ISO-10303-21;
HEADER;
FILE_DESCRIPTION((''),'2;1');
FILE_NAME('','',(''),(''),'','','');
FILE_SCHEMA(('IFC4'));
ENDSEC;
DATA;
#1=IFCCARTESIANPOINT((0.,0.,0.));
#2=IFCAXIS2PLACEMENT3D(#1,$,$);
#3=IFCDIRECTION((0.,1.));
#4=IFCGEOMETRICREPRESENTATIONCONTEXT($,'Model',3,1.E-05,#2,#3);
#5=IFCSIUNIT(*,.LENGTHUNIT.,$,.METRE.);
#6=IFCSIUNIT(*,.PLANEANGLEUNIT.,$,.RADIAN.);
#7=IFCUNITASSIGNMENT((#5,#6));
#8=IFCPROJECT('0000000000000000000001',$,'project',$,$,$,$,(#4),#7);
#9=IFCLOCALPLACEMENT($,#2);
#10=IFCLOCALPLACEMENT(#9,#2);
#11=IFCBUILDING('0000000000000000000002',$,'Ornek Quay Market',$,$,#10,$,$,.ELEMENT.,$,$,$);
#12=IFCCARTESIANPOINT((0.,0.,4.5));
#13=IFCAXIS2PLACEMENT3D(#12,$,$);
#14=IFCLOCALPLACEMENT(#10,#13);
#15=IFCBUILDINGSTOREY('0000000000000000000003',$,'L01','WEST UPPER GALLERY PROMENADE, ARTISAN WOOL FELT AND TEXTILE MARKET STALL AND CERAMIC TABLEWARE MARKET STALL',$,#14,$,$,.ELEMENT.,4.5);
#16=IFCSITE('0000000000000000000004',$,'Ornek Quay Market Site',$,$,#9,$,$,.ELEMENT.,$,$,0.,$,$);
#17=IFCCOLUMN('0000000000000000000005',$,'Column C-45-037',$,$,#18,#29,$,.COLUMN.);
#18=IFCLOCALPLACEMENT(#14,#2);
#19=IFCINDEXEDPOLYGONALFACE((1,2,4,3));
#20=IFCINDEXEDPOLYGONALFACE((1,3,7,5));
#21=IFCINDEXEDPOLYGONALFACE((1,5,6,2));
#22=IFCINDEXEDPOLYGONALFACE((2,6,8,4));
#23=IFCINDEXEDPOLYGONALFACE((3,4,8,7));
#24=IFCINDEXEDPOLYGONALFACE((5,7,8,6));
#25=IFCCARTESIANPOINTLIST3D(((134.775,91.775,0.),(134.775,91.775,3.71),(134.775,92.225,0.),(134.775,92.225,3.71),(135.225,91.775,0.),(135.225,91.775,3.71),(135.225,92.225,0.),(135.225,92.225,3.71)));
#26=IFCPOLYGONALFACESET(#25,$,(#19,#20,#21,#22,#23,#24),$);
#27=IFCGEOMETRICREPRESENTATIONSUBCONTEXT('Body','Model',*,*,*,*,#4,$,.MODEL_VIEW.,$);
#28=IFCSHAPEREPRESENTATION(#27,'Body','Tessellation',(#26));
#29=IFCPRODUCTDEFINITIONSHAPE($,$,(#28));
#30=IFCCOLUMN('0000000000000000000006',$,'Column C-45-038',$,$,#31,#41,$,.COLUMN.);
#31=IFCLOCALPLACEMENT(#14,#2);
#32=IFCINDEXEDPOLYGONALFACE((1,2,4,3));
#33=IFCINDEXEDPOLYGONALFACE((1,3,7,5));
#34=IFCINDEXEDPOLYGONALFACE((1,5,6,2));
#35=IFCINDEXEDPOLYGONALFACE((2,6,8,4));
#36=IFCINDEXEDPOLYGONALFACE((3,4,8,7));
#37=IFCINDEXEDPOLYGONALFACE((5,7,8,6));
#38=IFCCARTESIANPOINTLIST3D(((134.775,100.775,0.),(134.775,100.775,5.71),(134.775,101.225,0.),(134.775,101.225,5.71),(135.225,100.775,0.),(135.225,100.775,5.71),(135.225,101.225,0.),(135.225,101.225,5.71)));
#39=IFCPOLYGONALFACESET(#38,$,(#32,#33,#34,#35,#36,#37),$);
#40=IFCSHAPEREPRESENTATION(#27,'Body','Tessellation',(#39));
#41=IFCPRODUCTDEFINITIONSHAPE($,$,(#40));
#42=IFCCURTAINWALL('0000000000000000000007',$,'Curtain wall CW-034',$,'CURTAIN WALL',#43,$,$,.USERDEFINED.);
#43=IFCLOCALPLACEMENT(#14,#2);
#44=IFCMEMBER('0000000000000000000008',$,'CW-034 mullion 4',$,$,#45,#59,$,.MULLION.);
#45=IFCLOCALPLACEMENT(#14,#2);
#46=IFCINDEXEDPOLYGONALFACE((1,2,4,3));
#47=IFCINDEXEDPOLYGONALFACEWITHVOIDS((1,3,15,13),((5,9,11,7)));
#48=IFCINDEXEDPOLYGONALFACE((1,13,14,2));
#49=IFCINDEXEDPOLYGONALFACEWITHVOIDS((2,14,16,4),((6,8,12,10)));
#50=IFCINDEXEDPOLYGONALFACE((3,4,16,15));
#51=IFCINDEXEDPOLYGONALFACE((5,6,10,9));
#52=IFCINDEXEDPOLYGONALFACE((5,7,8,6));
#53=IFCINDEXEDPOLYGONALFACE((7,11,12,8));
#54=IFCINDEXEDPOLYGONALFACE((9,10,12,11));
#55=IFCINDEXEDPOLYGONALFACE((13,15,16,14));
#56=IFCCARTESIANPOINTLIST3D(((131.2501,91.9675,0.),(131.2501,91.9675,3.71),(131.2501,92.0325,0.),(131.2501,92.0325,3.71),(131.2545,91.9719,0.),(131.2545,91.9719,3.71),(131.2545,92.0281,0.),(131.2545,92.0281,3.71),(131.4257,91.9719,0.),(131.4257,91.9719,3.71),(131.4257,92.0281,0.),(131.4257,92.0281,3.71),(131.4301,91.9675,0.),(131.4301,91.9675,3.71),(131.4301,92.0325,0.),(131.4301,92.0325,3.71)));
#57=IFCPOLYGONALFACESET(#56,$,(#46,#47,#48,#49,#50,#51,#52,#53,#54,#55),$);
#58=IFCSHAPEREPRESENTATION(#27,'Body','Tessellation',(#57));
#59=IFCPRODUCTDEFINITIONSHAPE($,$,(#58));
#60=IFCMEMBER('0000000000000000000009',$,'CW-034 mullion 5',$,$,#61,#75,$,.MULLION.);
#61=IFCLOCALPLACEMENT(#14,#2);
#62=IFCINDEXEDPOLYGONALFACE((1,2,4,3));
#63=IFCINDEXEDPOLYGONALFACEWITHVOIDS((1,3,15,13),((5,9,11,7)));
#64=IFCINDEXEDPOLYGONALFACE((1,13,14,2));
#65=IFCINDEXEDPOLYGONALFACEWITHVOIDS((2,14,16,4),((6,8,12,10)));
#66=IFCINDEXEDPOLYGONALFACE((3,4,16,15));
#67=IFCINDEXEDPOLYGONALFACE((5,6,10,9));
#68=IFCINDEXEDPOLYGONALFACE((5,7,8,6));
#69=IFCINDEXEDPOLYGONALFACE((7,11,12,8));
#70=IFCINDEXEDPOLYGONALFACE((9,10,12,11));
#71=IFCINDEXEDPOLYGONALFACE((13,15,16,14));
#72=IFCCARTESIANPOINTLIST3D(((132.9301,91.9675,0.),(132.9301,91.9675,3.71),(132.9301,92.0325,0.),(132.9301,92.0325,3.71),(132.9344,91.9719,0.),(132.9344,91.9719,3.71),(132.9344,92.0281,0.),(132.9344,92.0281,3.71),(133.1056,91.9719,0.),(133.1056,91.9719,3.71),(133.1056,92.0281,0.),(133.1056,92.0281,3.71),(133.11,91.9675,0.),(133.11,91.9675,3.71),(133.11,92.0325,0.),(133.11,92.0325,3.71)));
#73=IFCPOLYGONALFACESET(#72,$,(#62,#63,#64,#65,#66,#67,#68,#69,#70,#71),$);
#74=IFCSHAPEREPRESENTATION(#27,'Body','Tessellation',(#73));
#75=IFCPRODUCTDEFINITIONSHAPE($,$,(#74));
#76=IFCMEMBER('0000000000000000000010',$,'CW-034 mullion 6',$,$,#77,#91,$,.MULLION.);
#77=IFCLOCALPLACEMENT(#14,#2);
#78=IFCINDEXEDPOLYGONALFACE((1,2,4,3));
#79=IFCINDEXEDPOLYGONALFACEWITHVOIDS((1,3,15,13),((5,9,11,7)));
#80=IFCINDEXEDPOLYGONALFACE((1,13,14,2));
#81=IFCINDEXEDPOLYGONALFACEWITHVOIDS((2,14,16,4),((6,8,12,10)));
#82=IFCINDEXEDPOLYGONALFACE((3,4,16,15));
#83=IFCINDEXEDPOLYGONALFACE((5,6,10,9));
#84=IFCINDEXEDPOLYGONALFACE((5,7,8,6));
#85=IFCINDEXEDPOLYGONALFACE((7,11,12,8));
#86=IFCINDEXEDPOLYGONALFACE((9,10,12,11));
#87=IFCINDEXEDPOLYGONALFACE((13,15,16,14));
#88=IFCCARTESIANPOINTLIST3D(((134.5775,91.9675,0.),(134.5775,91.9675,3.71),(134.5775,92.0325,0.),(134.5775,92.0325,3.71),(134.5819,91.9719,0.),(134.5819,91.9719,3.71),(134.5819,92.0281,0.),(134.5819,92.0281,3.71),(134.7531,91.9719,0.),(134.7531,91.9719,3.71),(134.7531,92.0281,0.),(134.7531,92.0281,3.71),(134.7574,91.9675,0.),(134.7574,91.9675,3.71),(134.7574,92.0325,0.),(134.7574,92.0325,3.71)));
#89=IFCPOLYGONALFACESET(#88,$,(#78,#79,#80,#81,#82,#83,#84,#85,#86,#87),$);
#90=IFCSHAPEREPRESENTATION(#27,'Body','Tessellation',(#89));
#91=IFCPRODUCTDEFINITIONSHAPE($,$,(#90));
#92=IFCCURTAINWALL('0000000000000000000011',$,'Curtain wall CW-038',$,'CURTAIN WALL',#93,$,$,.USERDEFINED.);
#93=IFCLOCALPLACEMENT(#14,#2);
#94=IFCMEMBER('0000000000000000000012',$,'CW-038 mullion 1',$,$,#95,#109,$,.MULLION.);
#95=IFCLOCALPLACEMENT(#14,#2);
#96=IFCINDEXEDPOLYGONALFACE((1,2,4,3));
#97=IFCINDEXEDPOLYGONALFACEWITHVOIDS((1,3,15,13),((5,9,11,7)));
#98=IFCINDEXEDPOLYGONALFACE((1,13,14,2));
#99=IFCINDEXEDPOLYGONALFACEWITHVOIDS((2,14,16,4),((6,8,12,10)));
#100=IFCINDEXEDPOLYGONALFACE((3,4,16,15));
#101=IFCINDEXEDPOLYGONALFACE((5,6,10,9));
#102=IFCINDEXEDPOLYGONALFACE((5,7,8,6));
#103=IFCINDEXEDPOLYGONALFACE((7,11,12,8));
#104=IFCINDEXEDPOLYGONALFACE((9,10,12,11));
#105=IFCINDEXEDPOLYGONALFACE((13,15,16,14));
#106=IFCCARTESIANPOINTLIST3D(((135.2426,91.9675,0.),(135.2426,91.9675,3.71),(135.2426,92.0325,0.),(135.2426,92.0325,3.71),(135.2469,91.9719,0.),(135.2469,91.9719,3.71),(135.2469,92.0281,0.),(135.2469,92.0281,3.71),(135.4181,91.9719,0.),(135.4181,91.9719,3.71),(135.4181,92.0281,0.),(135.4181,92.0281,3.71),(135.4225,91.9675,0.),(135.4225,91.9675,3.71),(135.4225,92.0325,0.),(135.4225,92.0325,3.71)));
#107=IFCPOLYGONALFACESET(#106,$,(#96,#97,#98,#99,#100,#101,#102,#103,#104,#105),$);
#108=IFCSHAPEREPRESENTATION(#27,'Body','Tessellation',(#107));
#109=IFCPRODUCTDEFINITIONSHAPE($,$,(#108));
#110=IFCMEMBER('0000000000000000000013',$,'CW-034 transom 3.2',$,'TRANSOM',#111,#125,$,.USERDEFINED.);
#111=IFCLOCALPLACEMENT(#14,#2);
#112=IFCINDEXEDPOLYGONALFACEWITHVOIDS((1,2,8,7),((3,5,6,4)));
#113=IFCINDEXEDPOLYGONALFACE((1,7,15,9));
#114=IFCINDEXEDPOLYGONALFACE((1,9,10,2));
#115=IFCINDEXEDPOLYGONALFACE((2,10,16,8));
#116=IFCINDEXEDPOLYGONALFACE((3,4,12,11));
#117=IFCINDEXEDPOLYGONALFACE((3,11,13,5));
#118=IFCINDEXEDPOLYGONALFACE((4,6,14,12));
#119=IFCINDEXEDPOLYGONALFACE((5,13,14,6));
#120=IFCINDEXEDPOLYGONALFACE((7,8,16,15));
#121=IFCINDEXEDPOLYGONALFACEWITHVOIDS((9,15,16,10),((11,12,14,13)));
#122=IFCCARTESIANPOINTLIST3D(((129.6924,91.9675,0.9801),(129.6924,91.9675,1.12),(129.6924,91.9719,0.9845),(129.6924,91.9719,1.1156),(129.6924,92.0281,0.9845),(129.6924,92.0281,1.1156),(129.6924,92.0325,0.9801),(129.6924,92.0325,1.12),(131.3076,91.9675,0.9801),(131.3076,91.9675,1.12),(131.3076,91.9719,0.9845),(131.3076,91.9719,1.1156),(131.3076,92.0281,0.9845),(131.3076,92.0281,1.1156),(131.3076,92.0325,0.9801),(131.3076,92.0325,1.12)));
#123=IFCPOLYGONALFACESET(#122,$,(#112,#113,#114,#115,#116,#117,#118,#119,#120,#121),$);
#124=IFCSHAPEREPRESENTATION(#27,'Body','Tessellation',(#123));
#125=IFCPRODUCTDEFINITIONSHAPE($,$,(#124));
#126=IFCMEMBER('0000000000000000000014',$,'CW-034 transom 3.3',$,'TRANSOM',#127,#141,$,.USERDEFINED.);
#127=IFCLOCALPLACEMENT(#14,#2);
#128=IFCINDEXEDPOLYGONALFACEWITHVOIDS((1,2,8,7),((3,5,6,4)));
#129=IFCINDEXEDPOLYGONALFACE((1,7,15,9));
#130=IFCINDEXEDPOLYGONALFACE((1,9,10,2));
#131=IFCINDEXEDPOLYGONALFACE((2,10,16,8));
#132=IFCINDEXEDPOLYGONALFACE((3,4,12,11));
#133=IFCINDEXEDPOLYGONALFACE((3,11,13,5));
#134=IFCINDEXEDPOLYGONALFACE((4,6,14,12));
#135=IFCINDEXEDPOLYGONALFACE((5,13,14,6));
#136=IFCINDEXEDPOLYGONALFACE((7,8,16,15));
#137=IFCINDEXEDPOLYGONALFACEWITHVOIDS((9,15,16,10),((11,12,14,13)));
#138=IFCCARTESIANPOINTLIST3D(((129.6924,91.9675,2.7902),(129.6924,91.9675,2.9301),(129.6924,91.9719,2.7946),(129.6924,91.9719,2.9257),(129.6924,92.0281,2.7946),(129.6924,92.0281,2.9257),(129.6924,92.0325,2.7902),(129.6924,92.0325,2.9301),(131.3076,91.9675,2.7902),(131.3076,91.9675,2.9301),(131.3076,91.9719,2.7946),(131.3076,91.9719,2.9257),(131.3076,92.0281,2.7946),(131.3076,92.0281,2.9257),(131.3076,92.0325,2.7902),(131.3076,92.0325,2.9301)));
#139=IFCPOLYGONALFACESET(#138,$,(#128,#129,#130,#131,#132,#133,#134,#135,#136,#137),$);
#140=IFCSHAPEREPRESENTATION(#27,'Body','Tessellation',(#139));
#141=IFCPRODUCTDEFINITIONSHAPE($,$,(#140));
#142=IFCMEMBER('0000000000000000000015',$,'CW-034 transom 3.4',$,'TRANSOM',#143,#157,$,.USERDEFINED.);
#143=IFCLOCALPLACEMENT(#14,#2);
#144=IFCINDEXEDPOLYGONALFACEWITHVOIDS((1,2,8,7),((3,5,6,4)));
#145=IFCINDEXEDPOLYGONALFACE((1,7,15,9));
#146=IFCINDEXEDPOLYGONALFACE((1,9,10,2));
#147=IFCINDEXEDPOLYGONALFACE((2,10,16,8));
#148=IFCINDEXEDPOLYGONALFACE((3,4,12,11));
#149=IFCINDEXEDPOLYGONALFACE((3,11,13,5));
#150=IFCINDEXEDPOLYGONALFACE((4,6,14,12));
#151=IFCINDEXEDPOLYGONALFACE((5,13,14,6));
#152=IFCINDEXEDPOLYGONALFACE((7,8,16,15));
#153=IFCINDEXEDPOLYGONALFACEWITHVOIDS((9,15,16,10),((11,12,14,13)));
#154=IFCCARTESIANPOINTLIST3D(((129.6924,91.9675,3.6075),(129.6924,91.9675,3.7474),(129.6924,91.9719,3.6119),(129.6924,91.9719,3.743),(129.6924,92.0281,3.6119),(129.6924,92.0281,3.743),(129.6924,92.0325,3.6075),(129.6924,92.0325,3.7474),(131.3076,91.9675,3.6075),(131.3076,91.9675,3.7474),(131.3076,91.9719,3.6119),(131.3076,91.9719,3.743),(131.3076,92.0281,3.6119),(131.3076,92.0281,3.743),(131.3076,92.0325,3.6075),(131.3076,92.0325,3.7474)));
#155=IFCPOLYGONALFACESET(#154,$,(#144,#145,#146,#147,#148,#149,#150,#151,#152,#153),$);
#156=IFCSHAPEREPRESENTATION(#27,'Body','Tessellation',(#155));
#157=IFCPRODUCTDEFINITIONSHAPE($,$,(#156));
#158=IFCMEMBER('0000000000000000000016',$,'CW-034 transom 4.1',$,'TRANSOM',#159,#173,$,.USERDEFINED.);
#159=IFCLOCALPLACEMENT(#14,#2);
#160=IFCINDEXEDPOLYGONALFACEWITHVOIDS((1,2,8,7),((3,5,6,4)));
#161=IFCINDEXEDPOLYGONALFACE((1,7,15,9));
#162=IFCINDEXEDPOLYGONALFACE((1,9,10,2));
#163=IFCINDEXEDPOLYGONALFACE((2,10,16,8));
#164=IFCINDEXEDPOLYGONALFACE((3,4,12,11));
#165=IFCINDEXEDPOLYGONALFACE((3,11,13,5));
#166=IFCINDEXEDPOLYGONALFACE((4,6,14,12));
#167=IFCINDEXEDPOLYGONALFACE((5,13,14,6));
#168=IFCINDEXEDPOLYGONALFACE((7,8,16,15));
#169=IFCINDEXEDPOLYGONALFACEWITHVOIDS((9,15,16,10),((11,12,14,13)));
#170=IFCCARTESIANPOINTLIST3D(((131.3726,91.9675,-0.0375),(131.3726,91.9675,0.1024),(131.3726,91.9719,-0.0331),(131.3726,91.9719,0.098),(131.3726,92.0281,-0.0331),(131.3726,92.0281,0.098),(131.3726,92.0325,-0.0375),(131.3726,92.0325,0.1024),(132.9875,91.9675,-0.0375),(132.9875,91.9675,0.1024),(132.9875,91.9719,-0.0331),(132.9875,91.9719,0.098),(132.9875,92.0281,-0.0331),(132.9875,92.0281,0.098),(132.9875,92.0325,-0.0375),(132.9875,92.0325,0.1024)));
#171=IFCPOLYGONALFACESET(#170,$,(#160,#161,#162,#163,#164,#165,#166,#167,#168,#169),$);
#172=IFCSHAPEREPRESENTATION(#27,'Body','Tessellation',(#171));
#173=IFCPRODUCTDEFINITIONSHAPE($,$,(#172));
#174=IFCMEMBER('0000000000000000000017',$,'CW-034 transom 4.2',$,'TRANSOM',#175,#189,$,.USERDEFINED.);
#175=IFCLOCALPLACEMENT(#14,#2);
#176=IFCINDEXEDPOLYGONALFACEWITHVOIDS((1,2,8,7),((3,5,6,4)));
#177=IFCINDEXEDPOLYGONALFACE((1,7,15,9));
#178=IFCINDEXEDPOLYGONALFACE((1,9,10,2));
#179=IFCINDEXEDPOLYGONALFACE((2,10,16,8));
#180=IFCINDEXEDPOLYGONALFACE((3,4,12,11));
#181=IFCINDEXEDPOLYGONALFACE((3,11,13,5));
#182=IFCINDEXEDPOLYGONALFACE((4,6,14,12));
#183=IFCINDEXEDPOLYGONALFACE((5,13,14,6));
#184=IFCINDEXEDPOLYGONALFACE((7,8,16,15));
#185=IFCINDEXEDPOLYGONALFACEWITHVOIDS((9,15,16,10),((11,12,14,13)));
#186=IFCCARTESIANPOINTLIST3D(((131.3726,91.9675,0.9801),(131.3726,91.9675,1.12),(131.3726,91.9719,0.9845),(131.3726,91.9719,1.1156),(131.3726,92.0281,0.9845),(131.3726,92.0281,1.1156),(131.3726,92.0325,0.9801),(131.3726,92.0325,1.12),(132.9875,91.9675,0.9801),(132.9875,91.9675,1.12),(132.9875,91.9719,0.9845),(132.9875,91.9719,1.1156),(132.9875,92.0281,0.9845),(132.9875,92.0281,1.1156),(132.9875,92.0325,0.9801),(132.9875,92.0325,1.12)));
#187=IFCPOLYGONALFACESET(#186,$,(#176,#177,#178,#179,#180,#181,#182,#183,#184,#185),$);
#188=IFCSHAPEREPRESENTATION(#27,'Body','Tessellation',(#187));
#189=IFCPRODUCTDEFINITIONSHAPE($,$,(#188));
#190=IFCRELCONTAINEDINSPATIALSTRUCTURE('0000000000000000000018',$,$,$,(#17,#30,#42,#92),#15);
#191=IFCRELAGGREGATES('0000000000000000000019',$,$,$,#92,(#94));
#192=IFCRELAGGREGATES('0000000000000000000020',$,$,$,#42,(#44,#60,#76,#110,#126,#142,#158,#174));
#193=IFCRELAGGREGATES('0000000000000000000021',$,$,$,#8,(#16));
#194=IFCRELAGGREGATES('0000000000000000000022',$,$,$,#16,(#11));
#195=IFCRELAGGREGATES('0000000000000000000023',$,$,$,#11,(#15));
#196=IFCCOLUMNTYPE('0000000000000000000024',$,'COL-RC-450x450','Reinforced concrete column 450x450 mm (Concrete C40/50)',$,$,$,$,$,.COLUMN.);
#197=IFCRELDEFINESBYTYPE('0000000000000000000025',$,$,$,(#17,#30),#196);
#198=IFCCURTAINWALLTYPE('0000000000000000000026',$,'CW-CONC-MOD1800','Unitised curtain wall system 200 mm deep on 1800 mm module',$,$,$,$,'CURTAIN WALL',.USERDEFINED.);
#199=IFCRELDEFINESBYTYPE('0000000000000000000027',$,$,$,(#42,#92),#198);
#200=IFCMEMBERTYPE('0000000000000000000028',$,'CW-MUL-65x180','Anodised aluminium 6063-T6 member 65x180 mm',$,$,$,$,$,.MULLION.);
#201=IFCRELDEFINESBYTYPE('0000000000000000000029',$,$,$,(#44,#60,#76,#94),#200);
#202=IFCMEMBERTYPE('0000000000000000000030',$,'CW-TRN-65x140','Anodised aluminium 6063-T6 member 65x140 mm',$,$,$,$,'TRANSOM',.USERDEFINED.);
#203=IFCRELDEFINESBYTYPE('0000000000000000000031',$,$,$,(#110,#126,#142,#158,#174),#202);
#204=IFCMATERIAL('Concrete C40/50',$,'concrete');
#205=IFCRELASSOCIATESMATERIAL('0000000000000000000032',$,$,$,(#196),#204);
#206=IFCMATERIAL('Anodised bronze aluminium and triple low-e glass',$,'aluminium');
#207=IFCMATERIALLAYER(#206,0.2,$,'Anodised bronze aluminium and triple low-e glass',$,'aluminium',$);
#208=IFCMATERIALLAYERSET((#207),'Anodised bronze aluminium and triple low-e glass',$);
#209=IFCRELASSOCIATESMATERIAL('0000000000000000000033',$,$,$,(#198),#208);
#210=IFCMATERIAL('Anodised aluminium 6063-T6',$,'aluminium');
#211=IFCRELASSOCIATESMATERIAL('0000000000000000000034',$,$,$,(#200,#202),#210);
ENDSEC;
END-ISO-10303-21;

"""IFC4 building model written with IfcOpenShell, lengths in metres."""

from ifc_helpers import new_model, si_unit, direction, frame, origin, origin_2d, place, context, subcontext, project, spatial, rectangle, hollow_rectangle, extrude, material, layer, layer_set, material_profile, profile_set, type_object, element, aggregate, save


model = new_model("IFC4")

# Units and contexts
model_context = context("Model", 3, precision=1e-05, world=origin(), true_north=direction((0.0, 1.0)))
body_context = subcontext(model_context, "Body", "Model", "MODEL_VIEW")
ifc_project = project(units=[si_unit("LENGTHUNIT", "METRE"), si_unit("PLANEANGLEUNIT", "RADIAN")], contexts=[model_context])

# Site, building, storey
site_placement = place(None, origin())
site = spatial("IfcSite", under=ifc_project, at=site_placement, Name="Ornek Quay Market Site", CompositionType="ELEMENT", RefElevation=0.0)
building_placement = place(site_placement, origin())
building = spatial("IfcBuilding", under=site, at=building_placement, Name="Ornek Quay Market", CompositionType="ELEMENT")
storey_placement = place(building_placement, frame((0.0, 0.0, 4.5)))
storey = spatial("IfcBuildingStorey", under=building, at=storey_placement, Name="L01", Description="WEST UPPER GALLERY PROMENADE, ARTISAN WOOL FELT AND TEXTILE MARKET STALL AND CERAMIC TABLEWARE MARKET STALL", CompositionType="ELEMENT", Elevation=4.5)

# Columns
ifc_material_1 = material(Name="Concrete C40/50", Category="concrete")
ifc_material_profile_1 = material_profile(ifc_material_1, rectangle(XDim=0.45, YDim=0.45, at=origin_2d()), Name="RC 450x450", Category="concrete")
ifc_profile_set_1 = profile_set([ifc_material_profile_1], Name="Concrete C40/50")
column_type = type_object("IfcColumnType", Name="COL-RC-450x450", Description="Reinforced concrete column 450x450 mm (Concrete C40/50)", PredefinedType="COLUMN", material=ifc_profile_set_1)
column_1_placement = place(storey_placement, frame((135.0, 92.0, 0.0), z_axis=(0.0, 0.0, 1.0), x_axis=(1.0, 0.0, 0.0)))
element("IfcColumn", 1, at=column_1_placement, inside=storey, type_object=column_type, Name="Column C-45-037", PredefinedType="COLUMN", context=body_context, shape_type="SweptSolid", body=[
    extrude(rectangle(XDim=0.45, YDim=0.45, at=origin_2d()), origin(), (0.0, 0.0, 1.0), 3.71),
])
column_2_placement = place(storey_placement, frame((135.0, 101.0, 0.0), z_axis=(0.0, 0.0, 1.0), x_axis=(1.0, 0.0, 0.0)))
element("IfcColumn", 2, at=column_2_placement, inside=storey, type_object=column_type, Name="Column C-45-038", PredefinedType="COLUMN", context=body_context, shape_type="SweptSolid", body=[
    extrude(rectangle(XDim=0.45, YDim=0.45, at=origin_2d()), origin(), (0.0, 0.0, 1.0), 5.71),
])

# Curtain wall, members
ifc_material_2 = material(Name="Anodised bronze aluminium and triple low-e glass", Category="aluminium")
ifc_layer_1 = layer(ifc_material_2, 0.2, Name="Anodised bronze aluminium and triple low-e glass", Category="aluminium")
ifc_layer_set_1 = layer_set([ifc_layer_1], Name="Anodised bronze aluminium and triple low-e glass")
curtain_wall_type = type_object("IfcCurtainWallType", Name="CW-CONC-MOD1800", Description="Unitised curtain wall system 200 mm deep on 1800 mm module", ElementType="CURTAIN WALL", PredefinedType="USERDEFINED", material=ifc_layer_set_1)
curtain_wall_1_placement = place(storey_placement, origin())
curtain_wall_1 = element("IfcCurtainWall", 3, at=curtain_wall_1_placement, inside=storey, type_object=curtain_wall_type, Name="Curtain wall CW-034", ObjectType="CURTAIN WALL", PredefinedType="USERDEFINED")
ifc_material_3 = material(Name="Anodised aluminium 6063-T6", Category="aluminium")
ifc_material_profile_2 = material_profile(ifc_material_3, hollow_rectangle(XDim=0.0649, YDim=0.1799, WallThickness=0.0044, at=origin_2d()), Name="CW-MUL-65x180", Category="aluminium")
ifc_profile_set_2 = profile_set([ifc_material_profile_2], Name="Anodised aluminium 6063-T6")
member_type_1 = type_object("IfcMemberType", Name="CW-MUL-65x180", Description="Anodised aluminium 6063-T6 member 65x180 mm", PredefinedType="MULLION", material=ifc_profile_set_2)
member_1_placement = place(storey_placement, frame((131.3401, 92.0, 0.0), z_axis=(0.0, 0.0, 1.0), x_axis=(0.0, 1.0, 0.0)))
member_1 = element("IfcMember", 4, at=member_1_placement, type_object=member_type_1, Name="CW-034 mullion 4", PredefinedType="MULLION", context=body_context, shape_type="SweptSolid", body=[
    extrude(hollow_rectangle(XDim=0.0649, YDim=0.1799, WallThickness=0.0044, at=origin_2d()), origin(), (0.0, 0.0, 1.0), 3.71),
])
member_2_placement = place(storey_placement, frame((133.02, 92.0, 0.0), z_axis=(0.0, 0.0, 1.0), x_axis=(0.0, 1.0, 0.0)))
member_2 = element("IfcMember", 5, at=member_2_placement, type_object=member_type_1, Name="CW-034 mullion 5", PredefinedType="MULLION", context=body_context, shape_type="SweptSolid", body=[
    extrude(hollow_rectangle(XDim=0.0649, YDim=0.1799, WallThickness=0.0044, at=origin_2d()), origin(), (0.0, 0.0, 1.0), 3.71),
])
member_3_placement = place(storey_placement, frame((134.6675, 92.0, 0.0), z_axis=(0.0, 0.0, 1.0), x_axis=(0.0, 1.0, 0.0)))
member_3 = element("IfcMember", 6, at=member_3_placement, type_object=member_type_1, Name="CW-034 mullion 6", PredefinedType="MULLION", context=body_context, shape_type="SweptSolid", body=[
    extrude(hollow_rectangle(XDim=0.0649, YDim=0.1799, WallThickness=0.0044, at=origin_2d()), origin(), (0.0, 0.0, 1.0), 3.71),
])

# Curtain wall, member
curtain_wall_2_placement = place(storey_placement, origin())
curtain_wall_2 = element("IfcCurtainWall", 7, at=curtain_wall_2_placement, inside=storey, type_object=curtain_wall_type, Name="Curtain wall CW-038", ObjectType="CURTAIN WALL", PredefinedType="USERDEFINED")
member_4_placement = place(storey_placement, frame((135.3325, 92.0, 0.0), z_axis=(0.0, 0.0, 1.0), x_axis=(0.0, 1.0, 0.0)))
member_4 = element("IfcMember", 8, at=member_4_placement, type_object=member_type_1, Name="CW-038 mullion 1", PredefinedType="MULLION", context=body_context, shape_type="SweptSolid", body=[
    extrude(hollow_rectangle(XDim=0.0649, YDim=0.1799, WallThickness=0.0044, at=origin_2d()), origin(), (0.0, 0.0, 1.0), 3.71),
])
aggregate(curtain_wall_2, [member_4])

# Members
ifc_material_profile_3 = material_profile(ifc_material_3, hollow_rectangle(XDim=0.0649, YDim=0.1399, WallThickness=0.0044, at=origin_2d()), Name="CW-TRN-65x140", Category="aluminium")
ifc_profile_set_3 = profile_set([ifc_material_profile_3], Name="Anodised aluminium 6063-T6")
member_type_2 = type_object("IfcMemberType", Name="CW-TRN-65x140", Description="Anodised aluminium 6063-T6 member 65x140 mm", ElementType="TRANSOM", PredefinedType="USERDEFINED", material=ifc_profile_set_3)
member_5_placement = place(storey_placement, frame((129.6924, 92.0, 1.05), z_axis=(1.0, 0.0, 0.0), x_axis=(0.0, 1.0, 0.0)))
member_5 = element("IfcMember", 9, at=member_5_placement, type_object=member_type_2, Name="CW-034 transom 3.2", ObjectType="TRANSOM", PredefinedType="USERDEFINED", context=body_context, shape_type="SweptSolid", body=[
    extrude(hollow_rectangle(XDim=0.0649, YDim=0.1399, WallThickness=0.0044, at=origin_2d()), origin(), (0.0, 0.0, 1.0), 1.6152),
])
member_6_placement = place(storey_placement, frame((129.6924, 92.0, 2.8601), z_axis=(1.0, 0.0, 0.0), x_axis=(0.0, 1.0, 0.0)))
member_6 = element("IfcMember", 10, at=member_6_placement, type_object=member_type_2, Name="CW-034 transom 3.3", ObjectType="TRANSOM", PredefinedType="USERDEFINED", context=body_context, shape_type="SweptSolid", body=[
    extrude(hollow_rectangle(XDim=0.0649, YDim=0.1399, WallThickness=0.0044, at=origin_2d()), origin(), (0.0, 0.0, 1.0), 1.6152),
])
member_7_placement = place(storey_placement, frame((129.6924, 92.0, 3.6775), z_axis=(1.0, 0.0, 0.0), x_axis=(0.0, 1.0, 0.0)))
member_7 = element("IfcMember", 11, at=member_7_placement, type_object=member_type_2, Name="CW-034 transom 3.4", ObjectType="TRANSOM", PredefinedType="USERDEFINED", context=body_context, shape_type="SweptSolid", body=[
    extrude(hollow_rectangle(XDim=0.0649, YDim=0.1399, WallThickness=0.0044, at=origin_2d()), origin(), (0.0, 0.0, 1.0), 1.6152),
])
member_8_placement = place(storey_placement, frame((131.3726, 92.0, 0.0325), z_axis=(1.0, 0.0, 0.0), x_axis=(0.0, 1.0, 0.0)))
member_8 = element("IfcMember", 12, at=member_8_placement, type_object=member_type_2, Name="CW-034 transom 4.1", ObjectType="TRANSOM", PredefinedType="USERDEFINED", context=body_context, shape_type="SweptSolid", body=[
    extrude(hollow_rectangle(XDim=0.0649, YDim=0.1399, WallThickness=0.0044, at=origin_2d()), origin(), (0.0, 0.0, 1.0), 1.615),
])
member_9_placement = place(storey_placement, frame((131.3726, 92.0, 1.05), z_axis=(1.0, 0.0, 0.0), x_axis=(0.0, 1.0, 0.0)))
member_9 = element("IfcMember", 13, at=member_9_placement, type_object=member_type_2, Name="CW-034 transom 4.2", ObjectType="TRANSOM", PredefinedType="USERDEFINED", context=body_context, shape_type="SweptSolid", body=[
    extrude(hollow_rectangle(XDim=0.0649, YDim=0.1399, WallThickness=0.0044, at=origin_2d()), origin(), (0.0, 0.0, 1.0), 1.615),
])

aggregate(curtain_wall_1, [member_1, member_2, member_3, member_5, member_6, member_7, member_8, member_9])

save(model, "model.ifc")
